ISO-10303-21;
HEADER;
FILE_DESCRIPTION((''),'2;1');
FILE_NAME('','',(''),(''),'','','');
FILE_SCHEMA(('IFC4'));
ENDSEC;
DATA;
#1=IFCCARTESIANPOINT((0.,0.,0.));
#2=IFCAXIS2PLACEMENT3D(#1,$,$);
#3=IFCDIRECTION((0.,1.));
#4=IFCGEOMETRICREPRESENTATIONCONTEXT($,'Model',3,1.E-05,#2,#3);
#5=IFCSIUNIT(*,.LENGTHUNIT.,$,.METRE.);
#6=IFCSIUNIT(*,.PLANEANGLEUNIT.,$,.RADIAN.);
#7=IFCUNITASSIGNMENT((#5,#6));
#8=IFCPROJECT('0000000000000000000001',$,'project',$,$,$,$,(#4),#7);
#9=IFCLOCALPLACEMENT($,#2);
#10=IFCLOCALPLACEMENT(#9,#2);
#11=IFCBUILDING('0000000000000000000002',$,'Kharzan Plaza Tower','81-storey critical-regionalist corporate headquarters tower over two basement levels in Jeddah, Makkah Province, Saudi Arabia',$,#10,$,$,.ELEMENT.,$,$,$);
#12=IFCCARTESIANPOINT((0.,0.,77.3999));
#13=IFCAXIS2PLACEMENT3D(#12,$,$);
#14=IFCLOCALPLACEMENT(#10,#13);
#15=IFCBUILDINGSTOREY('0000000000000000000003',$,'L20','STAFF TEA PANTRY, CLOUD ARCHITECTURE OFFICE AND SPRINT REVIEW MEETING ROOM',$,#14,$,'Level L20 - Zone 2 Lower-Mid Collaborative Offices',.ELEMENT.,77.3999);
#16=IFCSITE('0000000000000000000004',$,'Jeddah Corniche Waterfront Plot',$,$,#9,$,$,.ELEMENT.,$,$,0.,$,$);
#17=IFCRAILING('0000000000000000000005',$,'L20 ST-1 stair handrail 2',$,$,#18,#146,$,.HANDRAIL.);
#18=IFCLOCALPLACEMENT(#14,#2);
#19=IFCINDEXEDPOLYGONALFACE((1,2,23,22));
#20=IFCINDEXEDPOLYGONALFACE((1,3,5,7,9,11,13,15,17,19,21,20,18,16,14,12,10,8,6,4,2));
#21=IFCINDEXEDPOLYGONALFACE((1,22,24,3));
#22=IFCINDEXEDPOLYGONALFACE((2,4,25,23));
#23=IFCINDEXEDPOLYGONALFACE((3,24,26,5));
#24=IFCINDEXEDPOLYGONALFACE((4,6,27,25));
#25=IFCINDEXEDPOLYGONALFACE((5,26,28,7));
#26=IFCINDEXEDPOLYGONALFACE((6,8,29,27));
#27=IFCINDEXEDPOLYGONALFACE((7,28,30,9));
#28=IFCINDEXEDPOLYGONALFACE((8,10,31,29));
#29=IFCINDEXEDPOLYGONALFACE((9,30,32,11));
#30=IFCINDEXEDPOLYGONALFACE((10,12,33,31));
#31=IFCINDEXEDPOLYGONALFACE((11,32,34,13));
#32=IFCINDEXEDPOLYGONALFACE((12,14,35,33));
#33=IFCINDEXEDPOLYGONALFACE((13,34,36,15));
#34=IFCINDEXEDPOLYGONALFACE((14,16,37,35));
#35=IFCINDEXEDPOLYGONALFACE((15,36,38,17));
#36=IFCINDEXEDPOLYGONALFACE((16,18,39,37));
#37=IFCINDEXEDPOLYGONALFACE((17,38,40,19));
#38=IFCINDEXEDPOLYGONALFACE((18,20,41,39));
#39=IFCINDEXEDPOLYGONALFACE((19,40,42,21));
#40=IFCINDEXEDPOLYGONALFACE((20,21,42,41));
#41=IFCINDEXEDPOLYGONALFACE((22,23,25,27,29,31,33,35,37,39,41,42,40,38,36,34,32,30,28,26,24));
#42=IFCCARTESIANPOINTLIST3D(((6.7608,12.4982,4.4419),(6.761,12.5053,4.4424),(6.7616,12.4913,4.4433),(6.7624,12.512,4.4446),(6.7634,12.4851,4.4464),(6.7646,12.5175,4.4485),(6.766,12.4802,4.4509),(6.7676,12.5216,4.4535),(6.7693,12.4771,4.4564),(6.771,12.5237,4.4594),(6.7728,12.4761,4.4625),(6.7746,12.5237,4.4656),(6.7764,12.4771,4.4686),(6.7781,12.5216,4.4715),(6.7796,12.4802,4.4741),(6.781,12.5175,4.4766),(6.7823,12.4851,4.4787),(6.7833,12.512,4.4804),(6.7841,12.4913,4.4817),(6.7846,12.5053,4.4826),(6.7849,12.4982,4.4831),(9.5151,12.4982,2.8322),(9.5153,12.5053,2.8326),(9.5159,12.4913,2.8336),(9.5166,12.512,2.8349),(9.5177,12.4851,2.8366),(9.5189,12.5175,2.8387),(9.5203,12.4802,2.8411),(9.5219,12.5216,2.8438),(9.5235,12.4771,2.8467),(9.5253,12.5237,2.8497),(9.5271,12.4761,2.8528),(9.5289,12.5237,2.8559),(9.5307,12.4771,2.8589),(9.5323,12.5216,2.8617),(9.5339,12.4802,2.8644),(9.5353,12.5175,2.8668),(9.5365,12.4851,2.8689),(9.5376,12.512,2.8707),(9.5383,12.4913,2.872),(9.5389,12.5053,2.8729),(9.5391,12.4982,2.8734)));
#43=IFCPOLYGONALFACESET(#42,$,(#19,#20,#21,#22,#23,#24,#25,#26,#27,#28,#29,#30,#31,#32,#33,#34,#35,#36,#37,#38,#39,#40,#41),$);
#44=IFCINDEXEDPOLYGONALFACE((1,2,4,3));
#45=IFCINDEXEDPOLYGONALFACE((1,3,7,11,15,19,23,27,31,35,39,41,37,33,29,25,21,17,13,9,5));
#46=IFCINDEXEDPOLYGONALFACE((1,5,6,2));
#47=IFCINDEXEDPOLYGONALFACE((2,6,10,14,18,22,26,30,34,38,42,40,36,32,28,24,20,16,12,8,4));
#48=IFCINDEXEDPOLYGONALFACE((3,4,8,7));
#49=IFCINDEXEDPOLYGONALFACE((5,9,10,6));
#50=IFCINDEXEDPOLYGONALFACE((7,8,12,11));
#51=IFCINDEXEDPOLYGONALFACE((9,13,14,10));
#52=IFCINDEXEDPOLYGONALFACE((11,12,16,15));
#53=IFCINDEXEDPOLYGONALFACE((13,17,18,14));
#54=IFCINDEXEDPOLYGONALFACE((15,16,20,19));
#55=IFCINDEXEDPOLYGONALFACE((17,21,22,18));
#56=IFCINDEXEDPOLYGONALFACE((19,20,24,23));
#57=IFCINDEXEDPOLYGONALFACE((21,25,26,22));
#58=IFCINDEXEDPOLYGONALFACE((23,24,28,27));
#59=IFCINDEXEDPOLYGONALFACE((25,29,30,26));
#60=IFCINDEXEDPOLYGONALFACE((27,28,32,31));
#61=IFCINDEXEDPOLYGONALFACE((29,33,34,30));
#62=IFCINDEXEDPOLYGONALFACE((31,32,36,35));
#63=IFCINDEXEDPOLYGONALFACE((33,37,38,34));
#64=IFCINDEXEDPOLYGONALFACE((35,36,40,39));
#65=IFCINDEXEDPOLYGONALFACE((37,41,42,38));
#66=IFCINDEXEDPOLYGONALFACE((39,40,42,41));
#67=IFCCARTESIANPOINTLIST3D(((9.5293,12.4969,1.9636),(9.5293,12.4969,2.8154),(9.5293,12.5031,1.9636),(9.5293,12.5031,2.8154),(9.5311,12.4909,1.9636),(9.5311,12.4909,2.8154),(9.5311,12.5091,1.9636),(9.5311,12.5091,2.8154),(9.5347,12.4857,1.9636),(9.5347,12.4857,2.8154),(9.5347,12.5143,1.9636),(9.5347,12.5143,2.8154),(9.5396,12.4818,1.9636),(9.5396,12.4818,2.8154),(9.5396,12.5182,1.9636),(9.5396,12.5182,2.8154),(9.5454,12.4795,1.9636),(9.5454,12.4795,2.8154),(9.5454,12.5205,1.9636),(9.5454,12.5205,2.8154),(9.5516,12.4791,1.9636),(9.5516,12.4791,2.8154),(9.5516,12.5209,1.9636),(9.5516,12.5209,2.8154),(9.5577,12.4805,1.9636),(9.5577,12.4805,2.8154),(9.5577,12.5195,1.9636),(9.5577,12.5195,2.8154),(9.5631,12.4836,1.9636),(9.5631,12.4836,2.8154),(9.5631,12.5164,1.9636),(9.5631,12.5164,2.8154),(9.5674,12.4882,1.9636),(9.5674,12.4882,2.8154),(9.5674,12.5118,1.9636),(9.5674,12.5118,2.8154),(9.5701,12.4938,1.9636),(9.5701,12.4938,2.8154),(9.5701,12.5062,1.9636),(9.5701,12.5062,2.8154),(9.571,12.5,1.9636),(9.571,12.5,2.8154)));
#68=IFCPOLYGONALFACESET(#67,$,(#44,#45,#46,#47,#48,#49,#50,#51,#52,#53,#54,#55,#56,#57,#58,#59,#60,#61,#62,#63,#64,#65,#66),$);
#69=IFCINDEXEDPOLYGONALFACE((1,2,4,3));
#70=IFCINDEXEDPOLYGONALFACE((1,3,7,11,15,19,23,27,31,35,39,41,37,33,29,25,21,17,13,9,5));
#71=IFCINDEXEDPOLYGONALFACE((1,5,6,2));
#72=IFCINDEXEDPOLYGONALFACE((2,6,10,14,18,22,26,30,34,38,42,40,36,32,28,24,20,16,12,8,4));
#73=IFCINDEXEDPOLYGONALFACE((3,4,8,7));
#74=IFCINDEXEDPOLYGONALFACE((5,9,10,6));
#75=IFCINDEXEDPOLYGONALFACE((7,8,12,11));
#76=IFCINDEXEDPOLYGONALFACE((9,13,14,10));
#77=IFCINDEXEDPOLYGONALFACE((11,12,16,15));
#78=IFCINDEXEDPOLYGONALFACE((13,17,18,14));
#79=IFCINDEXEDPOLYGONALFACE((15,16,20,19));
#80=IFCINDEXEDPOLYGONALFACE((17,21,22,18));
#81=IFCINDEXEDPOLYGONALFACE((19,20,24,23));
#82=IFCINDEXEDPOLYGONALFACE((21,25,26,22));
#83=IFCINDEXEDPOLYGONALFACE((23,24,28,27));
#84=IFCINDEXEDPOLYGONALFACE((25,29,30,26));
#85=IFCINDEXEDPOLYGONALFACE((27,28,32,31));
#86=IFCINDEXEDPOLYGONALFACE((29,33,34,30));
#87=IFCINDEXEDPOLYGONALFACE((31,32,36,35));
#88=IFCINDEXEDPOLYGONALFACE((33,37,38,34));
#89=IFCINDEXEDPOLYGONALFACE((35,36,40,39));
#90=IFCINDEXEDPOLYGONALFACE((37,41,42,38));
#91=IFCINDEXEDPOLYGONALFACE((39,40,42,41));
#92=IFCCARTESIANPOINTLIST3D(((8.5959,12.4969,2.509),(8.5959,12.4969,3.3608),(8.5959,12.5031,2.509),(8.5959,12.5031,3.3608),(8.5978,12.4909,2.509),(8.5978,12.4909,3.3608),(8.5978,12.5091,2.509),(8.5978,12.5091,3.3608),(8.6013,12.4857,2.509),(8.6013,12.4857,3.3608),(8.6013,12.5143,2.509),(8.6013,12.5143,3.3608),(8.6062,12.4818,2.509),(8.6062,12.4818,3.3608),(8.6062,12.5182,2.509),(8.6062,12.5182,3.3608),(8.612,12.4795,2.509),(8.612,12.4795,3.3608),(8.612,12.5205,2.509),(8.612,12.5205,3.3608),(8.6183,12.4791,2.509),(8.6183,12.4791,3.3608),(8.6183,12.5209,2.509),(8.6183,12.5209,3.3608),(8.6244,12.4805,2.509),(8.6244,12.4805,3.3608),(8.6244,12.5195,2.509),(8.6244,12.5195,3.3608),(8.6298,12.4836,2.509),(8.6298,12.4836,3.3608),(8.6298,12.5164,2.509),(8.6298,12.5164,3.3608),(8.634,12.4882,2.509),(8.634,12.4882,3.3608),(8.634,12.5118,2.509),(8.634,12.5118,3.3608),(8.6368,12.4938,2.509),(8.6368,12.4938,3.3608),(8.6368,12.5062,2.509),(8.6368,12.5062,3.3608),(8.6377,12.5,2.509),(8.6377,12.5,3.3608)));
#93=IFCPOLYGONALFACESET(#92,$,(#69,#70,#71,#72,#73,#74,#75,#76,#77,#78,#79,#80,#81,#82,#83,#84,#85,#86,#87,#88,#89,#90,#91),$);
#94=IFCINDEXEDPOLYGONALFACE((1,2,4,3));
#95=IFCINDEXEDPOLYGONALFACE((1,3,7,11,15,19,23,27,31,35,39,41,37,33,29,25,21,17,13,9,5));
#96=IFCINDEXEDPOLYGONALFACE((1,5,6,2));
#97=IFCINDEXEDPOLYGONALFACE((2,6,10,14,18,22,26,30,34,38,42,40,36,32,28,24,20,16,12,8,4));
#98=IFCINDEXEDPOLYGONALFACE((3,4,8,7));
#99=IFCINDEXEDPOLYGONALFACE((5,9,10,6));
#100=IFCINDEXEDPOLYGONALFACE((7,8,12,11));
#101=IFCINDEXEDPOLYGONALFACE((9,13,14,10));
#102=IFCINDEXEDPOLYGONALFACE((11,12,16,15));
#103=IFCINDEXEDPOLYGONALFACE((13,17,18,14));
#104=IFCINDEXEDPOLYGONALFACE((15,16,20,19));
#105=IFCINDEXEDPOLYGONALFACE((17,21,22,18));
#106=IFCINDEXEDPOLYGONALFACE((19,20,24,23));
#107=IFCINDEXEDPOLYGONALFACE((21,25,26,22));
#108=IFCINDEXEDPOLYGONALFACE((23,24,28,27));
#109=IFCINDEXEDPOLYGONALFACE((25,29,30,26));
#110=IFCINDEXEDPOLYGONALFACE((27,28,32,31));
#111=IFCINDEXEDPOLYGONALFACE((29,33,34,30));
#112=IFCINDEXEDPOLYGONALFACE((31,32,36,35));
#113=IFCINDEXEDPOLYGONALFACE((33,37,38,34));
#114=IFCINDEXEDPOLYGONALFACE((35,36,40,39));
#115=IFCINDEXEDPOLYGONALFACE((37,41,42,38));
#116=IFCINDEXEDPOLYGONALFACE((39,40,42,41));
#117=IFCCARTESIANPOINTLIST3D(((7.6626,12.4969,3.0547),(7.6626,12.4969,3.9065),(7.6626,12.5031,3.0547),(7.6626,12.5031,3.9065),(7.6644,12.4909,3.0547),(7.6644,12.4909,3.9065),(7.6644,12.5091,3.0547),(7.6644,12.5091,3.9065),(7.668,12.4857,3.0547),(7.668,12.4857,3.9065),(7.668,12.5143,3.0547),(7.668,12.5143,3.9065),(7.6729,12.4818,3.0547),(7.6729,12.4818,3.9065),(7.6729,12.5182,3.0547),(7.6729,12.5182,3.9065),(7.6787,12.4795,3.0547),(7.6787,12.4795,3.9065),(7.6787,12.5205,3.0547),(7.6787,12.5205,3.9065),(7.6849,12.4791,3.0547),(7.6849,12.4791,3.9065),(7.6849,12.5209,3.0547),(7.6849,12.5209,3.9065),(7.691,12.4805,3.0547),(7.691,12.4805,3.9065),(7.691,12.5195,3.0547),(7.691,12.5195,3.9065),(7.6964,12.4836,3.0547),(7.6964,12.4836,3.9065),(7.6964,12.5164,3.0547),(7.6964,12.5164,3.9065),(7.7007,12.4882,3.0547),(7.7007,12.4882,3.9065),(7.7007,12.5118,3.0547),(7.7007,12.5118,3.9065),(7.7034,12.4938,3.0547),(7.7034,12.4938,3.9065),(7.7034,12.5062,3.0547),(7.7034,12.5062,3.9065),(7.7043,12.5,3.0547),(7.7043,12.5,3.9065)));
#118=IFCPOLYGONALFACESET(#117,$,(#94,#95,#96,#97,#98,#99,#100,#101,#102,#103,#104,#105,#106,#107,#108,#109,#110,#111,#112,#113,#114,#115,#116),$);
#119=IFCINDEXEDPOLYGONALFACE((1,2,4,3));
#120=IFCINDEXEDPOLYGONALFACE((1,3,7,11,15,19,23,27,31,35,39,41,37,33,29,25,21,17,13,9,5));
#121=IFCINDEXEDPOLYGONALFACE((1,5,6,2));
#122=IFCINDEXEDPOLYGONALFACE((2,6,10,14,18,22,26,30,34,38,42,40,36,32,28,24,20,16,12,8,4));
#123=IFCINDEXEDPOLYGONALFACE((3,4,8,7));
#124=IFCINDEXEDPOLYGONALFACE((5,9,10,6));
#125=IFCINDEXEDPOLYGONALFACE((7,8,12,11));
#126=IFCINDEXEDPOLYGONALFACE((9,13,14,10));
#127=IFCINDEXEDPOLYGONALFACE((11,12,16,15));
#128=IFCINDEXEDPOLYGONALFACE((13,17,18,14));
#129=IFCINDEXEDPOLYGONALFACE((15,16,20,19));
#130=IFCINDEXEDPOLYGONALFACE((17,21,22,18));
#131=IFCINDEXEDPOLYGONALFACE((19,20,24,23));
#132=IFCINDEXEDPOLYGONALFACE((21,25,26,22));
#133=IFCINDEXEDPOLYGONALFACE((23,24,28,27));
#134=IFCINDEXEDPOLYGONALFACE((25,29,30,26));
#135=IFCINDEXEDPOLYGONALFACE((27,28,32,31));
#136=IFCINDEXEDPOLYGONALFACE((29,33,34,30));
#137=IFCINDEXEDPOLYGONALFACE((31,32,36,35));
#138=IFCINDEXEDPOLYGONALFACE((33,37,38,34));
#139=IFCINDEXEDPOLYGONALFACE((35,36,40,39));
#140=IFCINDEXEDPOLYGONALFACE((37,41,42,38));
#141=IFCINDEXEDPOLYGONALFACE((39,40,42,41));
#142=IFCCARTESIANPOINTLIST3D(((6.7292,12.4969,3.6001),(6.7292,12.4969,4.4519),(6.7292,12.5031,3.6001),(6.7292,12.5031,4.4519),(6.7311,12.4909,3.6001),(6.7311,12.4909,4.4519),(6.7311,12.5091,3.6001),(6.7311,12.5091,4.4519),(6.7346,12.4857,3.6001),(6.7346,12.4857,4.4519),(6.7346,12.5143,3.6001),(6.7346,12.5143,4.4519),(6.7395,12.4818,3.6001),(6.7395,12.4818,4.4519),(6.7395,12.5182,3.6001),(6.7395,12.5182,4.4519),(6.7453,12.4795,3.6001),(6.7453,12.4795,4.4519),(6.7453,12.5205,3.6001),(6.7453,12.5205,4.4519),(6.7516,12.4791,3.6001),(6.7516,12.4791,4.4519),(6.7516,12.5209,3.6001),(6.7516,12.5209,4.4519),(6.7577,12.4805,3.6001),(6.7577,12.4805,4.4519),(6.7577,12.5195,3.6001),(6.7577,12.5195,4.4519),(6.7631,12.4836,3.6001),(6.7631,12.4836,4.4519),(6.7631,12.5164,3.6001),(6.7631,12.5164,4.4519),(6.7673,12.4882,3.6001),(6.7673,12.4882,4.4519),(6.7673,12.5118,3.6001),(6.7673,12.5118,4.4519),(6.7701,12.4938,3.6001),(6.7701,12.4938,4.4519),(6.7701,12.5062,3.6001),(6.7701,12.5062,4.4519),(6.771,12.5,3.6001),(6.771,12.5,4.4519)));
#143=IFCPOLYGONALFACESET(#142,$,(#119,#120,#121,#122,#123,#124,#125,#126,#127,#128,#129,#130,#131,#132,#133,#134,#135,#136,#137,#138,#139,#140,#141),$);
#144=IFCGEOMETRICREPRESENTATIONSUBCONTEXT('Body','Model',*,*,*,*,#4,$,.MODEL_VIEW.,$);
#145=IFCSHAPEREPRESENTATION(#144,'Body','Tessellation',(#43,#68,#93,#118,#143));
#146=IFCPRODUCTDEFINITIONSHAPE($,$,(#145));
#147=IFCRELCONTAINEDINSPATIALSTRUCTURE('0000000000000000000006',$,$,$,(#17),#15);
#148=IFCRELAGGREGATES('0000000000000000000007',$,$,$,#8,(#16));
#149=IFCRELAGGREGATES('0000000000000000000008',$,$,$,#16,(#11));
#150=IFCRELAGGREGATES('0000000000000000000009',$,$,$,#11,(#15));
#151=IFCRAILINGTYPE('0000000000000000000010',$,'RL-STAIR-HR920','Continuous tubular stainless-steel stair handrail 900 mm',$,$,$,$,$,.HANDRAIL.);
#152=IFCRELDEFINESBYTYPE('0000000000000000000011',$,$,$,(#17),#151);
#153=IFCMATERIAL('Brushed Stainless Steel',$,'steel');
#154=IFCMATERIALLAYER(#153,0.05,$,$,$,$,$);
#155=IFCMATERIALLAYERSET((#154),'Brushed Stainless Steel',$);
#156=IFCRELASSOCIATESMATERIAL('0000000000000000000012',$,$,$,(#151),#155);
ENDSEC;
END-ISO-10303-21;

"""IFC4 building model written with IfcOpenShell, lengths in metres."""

from ifc_helpers import new_model, si_unit, direction, frame, origin, origin_2d, place, context, subcontext, project, spatial, circle, extrude, source, transform, mapped, material, layer, layer_set, type_object, element, save


model = new_model("IFC4")

# Units and contexts
model_context = context("Model", 3, precision=1e-05, world=origin(), true_north=direction((0.0, 1.0)))
body_context = subcontext(model_context, "Body", "Model", "MODEL_VIEW")
ifc_project = project(units=[si_unit("LENGTHUNIT", "METRE"), si_unit("PLANEANGLEUNIT", "RADIAN")], contexts=[model_context])

# Site, building, storey
site_placement = place(None, origin())
site = spatial("IfcSite", under=ifc_project, at=site_placement, Name="Jeddah Corniche Waterfront Plot", CompositionType="ELEMENT", RefElevation=0.0)
building_placement = place(site_placement, origin())
building = spatial("IfcBuilding", under=site, at=building_placement, Name="Kharzan Plaza Tower", Description="81-storey critical-regionalist corporate headquarters tower over two basement levels in Jeddah, Makkah Province, Saudi Arabia", CompositionType="ELEMENT")
storey_placement = place(building_placement, frame((0.0, 0.0, 77.3999)))
storey = spatial("IfcBuildingStorey", under=building, at=storey_placement, Name="L20", Description="STAFF TEA PANTRY, CLOUD ARCHITECTURE OFFICE AND SPRINT REVIEW MEETING ROOM", LongName="Level L20 - Zone 2 Lower-Mid Collaborative Offices", CompositionType="ELEMENT", Elevation=77.3999)

# Shared definitions
ifc_material_1 = material(Name="Brushed Stainless Steel", Category="steel")

# Railing
ifc_layer_1 = layer(ifc_material_1, 0.05)
ifc_layer_set_1 = layer_set([ifc_layer_1], Name="Brushed Stainless Steel")
railing_type_1 = type_object("IfcRailingType", Name="RL-STAIR-HR920", Description="Continuous tubular stainless-steel stair handrail 900 mm", PredefinedType="HANDRAIL", material=ifc_layer_set_1)
shared_shape_1 = source(origin(), body_context, "Body", "SweptSolid", [
    extrude(circle(Radius=0.0239, at=origin_2d()), frame((-0.0229, 0.0, 0.8892), z_axis=(-0.863361, 0.0, 0.504587), x_axis=(0.0, -1.0, 0.0)), (0.0, 0.0, 1.0), 3.1902),
    extrude(circle(Radius=0.021, at=origin_2d()), origin(), (0.0, 0.0, 1.0), 0.8518),
    extrude(circle(Radius=0.021, at=origin_2d()), frame((-0.9333, 0.0, 0.5454)), (0.0, 0.0, 1.0), 0.8518),
    extrude(circle(Radius=0.021, at=origin_2d()), frame((-1.8667, 0.0, 1.0911)), (0.0, 0.0, 1.0), 0.8518),
    extrude(circle(Radius=0.021, at=origin_2d()), frame((-2.8, 0.0, 1.6365)), (0.0, 0.0, 1.0), 0.8518),
])
railing_1_placement = place(storey_placement, frame((9.55, 12.5, 1.9636)))
element("IfcRailing", 1, at=railing_1_placement, inside=storey, type_object=railing_type_1, Name="L20 ST-1 stair handrail 2", PredefinedType="HANDRAIL", context=body_context, shape_type="MappedRepresentation", body=[
    mapped(shared_shape_1, transform((0.0, 0.0, 0.0), x_axis=(1.0, 0.0, 0.0), y_axis=(0.0, 1.0, 0.0), z_axis=(0.0, 0.0, 1.0))),
])

save(model, "model.ifc")
